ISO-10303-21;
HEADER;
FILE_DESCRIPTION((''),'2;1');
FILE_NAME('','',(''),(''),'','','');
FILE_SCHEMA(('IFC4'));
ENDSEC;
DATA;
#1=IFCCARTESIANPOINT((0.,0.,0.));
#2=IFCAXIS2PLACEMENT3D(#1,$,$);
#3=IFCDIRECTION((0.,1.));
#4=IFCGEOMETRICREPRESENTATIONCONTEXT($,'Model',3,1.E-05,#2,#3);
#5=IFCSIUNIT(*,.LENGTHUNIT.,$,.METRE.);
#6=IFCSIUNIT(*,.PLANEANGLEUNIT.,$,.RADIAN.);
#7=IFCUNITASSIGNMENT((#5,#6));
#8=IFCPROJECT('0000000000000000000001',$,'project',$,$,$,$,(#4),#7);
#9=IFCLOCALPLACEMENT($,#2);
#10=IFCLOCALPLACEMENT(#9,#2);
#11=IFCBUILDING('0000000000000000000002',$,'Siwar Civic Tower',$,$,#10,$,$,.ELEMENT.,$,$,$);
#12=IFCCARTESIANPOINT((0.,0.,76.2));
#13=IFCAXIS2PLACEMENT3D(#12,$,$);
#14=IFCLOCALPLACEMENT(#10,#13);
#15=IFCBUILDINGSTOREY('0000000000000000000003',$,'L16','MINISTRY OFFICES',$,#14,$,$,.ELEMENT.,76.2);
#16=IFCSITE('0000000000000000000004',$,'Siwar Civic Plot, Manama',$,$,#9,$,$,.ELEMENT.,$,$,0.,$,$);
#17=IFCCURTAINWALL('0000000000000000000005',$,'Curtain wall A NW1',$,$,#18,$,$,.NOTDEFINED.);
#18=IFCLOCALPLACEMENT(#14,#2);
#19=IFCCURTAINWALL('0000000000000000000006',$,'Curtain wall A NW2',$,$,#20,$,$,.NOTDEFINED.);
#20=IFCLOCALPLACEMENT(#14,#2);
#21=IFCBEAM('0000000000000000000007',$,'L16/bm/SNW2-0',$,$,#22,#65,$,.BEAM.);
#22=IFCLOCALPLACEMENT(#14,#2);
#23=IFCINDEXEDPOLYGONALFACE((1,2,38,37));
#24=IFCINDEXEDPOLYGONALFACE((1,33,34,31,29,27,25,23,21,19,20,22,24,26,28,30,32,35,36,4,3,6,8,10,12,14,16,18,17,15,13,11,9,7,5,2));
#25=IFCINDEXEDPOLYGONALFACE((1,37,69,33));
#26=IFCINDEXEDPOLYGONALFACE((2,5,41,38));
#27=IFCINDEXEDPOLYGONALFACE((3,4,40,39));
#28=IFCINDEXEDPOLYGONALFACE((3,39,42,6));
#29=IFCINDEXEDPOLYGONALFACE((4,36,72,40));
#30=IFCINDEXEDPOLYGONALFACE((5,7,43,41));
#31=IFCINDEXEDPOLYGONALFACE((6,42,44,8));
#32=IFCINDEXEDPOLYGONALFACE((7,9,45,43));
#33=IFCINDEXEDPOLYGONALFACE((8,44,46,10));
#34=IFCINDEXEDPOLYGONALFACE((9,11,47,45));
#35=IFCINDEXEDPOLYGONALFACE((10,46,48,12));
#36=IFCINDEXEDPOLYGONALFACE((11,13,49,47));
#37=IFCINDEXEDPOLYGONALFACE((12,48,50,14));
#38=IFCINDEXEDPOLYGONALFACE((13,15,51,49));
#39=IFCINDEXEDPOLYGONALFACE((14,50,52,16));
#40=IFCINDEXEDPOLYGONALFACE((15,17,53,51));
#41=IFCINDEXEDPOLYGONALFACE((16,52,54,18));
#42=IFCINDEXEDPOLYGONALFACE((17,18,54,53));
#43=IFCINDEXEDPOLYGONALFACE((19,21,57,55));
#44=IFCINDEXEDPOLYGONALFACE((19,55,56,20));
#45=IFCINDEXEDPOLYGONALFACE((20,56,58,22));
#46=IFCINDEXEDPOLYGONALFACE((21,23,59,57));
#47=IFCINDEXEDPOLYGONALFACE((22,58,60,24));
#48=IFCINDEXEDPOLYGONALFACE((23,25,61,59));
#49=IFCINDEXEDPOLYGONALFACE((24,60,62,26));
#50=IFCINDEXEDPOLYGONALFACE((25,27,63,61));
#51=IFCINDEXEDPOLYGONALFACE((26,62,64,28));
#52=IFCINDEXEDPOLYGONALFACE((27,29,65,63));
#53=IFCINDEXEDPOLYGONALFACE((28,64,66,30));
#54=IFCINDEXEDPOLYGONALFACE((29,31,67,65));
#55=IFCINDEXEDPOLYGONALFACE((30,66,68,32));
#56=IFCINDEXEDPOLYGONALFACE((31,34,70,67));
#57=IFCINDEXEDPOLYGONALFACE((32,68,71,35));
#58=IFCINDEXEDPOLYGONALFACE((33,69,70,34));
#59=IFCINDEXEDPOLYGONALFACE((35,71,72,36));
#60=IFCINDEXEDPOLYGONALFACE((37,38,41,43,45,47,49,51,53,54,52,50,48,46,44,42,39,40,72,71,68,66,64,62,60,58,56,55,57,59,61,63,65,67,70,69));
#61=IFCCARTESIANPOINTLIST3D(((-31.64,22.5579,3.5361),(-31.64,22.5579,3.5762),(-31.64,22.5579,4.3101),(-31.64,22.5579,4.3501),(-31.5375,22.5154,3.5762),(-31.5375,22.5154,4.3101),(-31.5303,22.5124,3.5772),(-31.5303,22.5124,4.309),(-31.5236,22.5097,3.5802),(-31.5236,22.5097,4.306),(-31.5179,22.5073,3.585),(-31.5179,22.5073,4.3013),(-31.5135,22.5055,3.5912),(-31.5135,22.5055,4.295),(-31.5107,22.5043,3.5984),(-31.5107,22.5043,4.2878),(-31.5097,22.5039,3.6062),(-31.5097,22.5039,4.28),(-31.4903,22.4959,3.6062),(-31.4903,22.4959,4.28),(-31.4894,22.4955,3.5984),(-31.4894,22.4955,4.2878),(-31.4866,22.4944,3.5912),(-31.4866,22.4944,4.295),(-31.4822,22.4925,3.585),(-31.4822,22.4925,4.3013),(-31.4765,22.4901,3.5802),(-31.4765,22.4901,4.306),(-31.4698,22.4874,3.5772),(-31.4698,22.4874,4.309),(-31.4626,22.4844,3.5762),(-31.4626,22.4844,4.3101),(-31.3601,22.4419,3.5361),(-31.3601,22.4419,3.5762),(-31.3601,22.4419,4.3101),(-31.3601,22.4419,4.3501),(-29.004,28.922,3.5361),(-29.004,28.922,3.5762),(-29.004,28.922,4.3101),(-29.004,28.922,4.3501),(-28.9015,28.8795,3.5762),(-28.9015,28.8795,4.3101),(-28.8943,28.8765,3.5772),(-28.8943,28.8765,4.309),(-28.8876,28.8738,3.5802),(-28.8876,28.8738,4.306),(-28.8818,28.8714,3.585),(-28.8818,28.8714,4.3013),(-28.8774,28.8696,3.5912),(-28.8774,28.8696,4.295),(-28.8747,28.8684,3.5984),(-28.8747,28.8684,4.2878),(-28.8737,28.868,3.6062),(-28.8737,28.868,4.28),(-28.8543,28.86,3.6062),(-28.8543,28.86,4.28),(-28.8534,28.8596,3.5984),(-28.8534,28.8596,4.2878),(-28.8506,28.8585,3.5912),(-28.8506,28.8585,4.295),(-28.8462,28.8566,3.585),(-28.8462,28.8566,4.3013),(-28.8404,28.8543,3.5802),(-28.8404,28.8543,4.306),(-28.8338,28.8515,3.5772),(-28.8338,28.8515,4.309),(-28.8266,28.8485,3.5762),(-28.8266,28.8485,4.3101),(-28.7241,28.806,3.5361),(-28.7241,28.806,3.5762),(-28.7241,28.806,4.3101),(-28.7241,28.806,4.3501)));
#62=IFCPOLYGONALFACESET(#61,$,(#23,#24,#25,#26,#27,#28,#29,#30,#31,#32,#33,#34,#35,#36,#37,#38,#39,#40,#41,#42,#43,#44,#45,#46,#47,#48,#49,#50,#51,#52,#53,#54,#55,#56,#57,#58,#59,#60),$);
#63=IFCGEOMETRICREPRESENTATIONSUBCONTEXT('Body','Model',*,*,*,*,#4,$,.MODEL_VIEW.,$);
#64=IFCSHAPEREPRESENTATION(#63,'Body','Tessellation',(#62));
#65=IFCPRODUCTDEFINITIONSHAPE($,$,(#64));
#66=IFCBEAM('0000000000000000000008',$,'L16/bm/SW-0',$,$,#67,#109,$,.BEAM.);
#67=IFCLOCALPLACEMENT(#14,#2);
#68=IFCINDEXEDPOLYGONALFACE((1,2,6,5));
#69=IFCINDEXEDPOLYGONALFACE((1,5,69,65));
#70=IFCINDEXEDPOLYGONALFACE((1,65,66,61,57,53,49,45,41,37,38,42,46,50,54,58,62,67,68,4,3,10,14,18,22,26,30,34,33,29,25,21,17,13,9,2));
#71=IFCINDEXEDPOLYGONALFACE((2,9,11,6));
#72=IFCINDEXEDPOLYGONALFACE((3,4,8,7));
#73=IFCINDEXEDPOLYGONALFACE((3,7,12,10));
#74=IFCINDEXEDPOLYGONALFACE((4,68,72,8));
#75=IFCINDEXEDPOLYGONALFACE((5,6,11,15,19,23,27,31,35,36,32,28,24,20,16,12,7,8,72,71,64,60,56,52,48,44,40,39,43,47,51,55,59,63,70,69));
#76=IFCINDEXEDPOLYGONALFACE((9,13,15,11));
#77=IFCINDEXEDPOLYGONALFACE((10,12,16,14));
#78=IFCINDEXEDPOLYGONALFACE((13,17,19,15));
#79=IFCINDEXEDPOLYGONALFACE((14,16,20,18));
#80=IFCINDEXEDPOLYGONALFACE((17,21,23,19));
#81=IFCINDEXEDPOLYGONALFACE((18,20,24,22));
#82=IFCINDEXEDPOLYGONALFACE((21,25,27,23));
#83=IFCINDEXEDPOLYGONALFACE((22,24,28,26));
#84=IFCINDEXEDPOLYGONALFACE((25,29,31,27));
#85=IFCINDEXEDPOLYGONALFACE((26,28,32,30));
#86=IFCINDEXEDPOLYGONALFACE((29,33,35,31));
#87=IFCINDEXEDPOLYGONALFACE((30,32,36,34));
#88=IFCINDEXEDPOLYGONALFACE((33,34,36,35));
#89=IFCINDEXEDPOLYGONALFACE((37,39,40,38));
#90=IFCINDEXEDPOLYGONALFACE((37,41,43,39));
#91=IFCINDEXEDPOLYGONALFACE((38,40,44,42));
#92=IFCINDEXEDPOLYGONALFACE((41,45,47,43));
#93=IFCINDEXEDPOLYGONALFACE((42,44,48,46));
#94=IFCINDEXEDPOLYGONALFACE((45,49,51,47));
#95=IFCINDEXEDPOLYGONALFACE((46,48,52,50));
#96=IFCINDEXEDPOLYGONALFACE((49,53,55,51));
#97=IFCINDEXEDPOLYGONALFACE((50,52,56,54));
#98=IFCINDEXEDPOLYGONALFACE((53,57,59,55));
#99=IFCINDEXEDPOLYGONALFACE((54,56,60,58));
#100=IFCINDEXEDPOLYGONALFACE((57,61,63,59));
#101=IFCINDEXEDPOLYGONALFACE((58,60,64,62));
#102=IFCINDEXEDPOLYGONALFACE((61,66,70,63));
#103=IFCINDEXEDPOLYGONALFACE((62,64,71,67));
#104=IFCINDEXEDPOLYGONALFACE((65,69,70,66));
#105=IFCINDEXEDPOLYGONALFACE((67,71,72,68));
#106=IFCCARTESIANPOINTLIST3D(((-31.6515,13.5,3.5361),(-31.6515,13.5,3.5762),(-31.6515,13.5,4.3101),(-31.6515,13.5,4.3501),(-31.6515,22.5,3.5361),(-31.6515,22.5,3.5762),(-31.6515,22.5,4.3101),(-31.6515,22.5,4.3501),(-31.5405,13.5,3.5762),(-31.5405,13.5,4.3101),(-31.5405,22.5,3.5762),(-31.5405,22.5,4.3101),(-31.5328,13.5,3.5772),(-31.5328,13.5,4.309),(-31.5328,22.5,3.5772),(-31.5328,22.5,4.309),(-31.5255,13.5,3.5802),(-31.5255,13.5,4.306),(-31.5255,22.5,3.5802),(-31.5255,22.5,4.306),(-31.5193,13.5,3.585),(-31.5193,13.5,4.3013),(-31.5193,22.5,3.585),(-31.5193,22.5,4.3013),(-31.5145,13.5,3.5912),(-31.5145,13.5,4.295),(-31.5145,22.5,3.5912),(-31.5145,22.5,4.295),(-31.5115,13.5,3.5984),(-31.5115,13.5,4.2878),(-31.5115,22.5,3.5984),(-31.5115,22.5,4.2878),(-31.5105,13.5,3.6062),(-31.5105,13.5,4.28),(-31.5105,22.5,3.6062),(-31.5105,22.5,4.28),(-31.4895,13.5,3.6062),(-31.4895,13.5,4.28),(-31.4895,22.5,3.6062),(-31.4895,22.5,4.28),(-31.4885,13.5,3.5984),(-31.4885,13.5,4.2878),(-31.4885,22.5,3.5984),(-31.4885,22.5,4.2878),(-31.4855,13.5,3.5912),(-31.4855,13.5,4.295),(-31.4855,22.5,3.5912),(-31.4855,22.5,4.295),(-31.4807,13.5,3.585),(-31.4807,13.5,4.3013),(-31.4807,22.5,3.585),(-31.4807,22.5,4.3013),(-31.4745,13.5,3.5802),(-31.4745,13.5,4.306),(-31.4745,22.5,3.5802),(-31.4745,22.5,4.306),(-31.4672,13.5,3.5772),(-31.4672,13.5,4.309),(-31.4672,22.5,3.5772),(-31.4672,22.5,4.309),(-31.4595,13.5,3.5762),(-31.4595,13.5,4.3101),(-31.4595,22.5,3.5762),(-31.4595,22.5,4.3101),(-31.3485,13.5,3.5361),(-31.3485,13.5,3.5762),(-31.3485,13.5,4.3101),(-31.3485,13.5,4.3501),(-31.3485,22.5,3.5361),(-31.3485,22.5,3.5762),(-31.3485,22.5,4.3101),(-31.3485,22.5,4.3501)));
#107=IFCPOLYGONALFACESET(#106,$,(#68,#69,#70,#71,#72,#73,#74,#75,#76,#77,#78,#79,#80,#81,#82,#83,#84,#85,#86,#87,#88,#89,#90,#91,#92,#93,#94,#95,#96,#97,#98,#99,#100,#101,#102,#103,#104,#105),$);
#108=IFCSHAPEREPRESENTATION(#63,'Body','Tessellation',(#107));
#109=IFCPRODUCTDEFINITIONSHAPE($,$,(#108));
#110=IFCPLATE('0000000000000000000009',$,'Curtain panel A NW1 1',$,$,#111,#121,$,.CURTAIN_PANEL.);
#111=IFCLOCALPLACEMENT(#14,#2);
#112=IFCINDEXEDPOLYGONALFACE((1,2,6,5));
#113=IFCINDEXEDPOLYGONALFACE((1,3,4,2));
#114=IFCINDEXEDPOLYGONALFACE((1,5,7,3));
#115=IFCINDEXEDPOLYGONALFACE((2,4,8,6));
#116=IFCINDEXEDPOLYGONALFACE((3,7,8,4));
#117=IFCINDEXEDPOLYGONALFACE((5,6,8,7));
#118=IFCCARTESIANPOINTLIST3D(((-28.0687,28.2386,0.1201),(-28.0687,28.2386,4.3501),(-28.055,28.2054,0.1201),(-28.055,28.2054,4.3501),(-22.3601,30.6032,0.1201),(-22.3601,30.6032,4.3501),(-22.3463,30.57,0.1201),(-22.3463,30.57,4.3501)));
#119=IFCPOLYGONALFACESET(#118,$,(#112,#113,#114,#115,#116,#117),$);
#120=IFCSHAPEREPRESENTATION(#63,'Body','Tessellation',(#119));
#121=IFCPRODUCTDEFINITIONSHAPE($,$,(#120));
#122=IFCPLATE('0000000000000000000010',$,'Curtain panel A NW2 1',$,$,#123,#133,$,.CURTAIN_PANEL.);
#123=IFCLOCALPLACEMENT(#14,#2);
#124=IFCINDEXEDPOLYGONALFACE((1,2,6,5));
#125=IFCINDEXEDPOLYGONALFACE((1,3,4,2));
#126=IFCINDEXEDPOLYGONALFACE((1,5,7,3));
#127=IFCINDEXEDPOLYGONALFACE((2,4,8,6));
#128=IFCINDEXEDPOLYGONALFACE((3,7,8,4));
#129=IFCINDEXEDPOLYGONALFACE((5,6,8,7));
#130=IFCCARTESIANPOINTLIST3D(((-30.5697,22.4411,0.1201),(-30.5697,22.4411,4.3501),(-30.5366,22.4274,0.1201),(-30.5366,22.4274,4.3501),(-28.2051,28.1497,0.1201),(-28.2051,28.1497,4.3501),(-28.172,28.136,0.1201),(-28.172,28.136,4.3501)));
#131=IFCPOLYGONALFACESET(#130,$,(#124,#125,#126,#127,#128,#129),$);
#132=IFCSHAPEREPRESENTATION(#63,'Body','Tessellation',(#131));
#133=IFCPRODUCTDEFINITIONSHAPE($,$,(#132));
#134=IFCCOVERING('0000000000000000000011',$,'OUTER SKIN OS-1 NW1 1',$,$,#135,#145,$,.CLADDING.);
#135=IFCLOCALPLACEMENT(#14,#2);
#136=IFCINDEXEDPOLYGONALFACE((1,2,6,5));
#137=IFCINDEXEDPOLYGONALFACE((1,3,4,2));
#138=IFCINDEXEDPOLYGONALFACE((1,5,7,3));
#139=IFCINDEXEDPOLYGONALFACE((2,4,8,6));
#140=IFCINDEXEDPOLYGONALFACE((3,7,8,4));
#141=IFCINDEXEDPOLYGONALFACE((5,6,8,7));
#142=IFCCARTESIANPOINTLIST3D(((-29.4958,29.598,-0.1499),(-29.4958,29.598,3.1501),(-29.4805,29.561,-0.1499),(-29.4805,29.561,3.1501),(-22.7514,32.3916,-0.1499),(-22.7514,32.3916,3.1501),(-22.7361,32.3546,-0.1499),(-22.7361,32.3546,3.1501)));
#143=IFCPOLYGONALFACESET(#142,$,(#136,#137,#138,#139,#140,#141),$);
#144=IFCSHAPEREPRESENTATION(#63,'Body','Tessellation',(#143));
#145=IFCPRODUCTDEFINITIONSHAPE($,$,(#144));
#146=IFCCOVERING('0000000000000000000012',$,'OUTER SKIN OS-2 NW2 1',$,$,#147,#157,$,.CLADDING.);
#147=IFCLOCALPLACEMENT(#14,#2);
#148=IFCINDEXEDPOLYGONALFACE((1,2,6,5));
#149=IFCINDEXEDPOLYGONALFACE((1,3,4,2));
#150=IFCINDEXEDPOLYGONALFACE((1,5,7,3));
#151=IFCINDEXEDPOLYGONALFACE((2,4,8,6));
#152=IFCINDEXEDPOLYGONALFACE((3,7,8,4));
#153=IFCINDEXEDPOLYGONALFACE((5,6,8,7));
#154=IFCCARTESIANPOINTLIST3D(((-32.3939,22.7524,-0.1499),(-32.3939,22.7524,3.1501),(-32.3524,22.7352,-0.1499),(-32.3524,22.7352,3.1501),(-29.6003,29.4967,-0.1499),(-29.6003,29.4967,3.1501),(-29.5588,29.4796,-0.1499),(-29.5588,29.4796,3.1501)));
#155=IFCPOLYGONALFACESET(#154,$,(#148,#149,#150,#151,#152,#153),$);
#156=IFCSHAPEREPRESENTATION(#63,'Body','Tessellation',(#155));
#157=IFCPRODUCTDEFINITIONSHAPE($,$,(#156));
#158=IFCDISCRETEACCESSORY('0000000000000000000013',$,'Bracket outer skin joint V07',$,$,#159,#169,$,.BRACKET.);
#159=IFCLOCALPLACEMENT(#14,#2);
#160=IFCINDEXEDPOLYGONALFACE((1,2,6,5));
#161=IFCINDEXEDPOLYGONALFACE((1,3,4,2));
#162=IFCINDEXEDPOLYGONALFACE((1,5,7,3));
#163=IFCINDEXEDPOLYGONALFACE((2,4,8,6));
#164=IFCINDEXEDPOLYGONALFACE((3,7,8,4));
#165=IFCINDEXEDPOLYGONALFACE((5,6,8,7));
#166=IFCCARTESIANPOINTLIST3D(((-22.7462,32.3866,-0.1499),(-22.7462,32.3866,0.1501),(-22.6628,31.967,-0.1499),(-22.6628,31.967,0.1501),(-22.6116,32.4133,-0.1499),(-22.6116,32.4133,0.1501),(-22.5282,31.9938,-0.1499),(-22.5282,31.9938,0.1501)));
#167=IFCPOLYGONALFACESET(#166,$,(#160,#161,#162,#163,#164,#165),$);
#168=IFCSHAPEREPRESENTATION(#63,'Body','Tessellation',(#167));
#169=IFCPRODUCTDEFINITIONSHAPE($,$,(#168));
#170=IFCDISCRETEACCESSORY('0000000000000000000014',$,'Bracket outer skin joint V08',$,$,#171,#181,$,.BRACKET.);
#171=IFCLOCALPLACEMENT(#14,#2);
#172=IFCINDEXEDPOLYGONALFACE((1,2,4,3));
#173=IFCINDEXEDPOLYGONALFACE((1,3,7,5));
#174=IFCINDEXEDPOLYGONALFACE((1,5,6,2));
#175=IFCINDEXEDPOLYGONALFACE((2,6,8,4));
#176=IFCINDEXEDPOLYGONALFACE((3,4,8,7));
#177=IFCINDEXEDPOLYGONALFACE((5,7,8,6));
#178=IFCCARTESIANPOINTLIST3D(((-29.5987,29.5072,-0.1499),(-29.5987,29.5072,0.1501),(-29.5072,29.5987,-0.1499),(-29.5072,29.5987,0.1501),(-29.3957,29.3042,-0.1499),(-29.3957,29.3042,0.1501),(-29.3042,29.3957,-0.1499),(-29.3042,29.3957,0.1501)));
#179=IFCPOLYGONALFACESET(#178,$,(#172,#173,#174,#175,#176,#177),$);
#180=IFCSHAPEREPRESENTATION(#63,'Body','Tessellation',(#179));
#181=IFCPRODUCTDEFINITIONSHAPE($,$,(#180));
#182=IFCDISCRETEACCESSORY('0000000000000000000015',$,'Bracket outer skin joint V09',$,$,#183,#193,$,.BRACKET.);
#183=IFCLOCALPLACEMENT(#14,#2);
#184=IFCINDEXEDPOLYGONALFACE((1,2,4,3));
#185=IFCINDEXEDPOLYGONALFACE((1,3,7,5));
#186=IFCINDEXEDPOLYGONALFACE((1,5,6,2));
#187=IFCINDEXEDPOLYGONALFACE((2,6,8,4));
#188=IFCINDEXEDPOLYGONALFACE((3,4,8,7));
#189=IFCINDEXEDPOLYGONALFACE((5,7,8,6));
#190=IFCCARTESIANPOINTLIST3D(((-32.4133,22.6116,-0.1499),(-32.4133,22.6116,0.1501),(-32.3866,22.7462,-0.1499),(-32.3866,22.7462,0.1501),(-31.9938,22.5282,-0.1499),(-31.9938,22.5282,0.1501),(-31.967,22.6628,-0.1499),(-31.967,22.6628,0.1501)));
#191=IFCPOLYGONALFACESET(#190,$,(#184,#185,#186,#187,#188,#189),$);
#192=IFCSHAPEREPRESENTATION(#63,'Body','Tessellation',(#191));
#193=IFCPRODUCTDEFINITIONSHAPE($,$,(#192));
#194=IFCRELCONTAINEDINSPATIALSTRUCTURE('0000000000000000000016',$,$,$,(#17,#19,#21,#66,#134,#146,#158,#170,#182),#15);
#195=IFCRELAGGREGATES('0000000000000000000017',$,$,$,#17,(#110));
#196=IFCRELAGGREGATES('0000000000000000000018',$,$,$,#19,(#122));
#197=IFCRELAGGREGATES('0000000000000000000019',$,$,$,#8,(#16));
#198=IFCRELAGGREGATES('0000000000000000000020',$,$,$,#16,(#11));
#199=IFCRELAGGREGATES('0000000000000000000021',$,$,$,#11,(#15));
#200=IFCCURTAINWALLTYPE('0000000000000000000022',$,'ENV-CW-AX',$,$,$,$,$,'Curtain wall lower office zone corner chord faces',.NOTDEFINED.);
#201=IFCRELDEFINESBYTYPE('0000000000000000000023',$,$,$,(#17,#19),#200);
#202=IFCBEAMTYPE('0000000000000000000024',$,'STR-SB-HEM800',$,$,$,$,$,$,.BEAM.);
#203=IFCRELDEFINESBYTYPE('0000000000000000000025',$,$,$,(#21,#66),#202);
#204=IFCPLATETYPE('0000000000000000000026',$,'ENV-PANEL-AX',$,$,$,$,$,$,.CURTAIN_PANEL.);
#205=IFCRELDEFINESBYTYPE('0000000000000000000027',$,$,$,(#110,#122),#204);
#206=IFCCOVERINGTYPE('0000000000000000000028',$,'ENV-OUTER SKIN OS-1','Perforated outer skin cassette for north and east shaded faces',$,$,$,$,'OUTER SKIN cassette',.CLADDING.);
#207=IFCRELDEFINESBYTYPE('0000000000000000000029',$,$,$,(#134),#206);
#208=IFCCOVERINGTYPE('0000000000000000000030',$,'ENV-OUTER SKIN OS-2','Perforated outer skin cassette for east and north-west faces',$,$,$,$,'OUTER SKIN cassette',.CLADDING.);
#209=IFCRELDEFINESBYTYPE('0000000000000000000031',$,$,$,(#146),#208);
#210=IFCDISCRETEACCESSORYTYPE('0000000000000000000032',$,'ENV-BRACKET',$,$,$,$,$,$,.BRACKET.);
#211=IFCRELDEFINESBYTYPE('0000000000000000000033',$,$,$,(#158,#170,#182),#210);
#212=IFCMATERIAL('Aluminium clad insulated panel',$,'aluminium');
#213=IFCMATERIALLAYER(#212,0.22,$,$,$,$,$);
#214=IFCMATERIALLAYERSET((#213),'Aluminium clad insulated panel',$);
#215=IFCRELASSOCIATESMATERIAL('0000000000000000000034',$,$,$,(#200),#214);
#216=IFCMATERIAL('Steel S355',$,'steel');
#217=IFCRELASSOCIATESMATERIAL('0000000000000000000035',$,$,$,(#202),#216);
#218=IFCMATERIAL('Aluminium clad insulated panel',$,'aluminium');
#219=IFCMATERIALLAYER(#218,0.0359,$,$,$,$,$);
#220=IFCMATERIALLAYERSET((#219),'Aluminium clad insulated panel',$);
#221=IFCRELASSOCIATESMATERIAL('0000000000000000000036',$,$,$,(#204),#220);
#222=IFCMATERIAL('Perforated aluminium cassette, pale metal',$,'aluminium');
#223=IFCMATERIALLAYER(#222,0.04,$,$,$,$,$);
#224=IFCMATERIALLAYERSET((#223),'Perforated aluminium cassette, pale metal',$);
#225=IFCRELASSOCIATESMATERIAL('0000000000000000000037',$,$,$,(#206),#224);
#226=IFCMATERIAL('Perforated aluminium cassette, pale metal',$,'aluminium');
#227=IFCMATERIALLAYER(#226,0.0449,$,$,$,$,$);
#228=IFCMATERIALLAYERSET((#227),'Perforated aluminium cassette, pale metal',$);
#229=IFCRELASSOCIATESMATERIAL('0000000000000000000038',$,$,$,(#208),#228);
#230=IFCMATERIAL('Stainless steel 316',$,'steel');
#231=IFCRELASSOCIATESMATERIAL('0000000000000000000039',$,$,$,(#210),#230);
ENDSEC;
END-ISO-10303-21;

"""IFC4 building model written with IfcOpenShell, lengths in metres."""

from ifc_helpers import new_model, si_unit, direction, frame, origin, origin_2d, place, context, subcontext, project, spatial, rectangle, i_section, extrude, material, layer, layer_set, material_profile, profile_set, type_object, element, aggregate, save


model = new_model("IFC4")

# Units and contexts
model_context = context("Model", 3, precision=1e-05, world=origin(), true_north=direction((0.0, 1.0)))
body_context = subcontext(model_context, "Body", "Model", "MODEL_VIEW")
ifc_project = project(units=[si_unit("LENGTHUNIT", "METRE"), si_unit("PLANEANGLEUNIT", "RADIAN")], contexts=[model_context])

# Site, building, storey
site_placement = place(None, origin())
site = spatial("IfcSite", under=ifc_project, at=site_placement, Name="Siwar Civic Plot, Manama", CompositionType="ELEMENT", RefElevation=0.0)
building_placement = place(site_placement, origin())
building = spatial("IfcBuilding", under=site, at=building_placement, Name="Siwar Civic Tower", CompositionType="ELEMENT")
storey_placement = place(building_placement, frame((0.0, 0.0, 76.2)))
storey = spatial("IfcBuildingStorey", under=building, at=storey_placement, Name="L16", Description="MINISTRY OFFICES", CompositionType="ELEMENT", Elevation=76.2)

# Curtain walls
ifc_material_1 = material(Name="Aluminium clad insulated panel", Category="aluminium")
ifc_layer_1 = layer(ifc_material_1, 0.22)
ifc_layer_set_1 = layer_set([ifc_layer_1], Name="Aluminium clad insulated panel")
curtain_wall_type_1 = type_object("IfcCurtainWallType", Name="ENV-CW-AX", ElementType="Curtain wall lower office zone corner chord faces", PredefinedType="NOTDEFINED", material=ifc_layer_set_1)
curtain_wall_1_placement = place(storey_placement, origin())
curtain_wall_1 = element("IfcCurtainWall", 1, at=curtain_wall_1_placement, inside=storey, type_object=curtain_wall_type_1, Name="Curtain wall A NW1", PredefinedType="NOTDEFINED")
curtain_wall_2_placement = place(storey_placement, origin())
curtain_wall_2 = element("IfcCurtainWall", 2, at=curtain_wall_2_placement, inside=storey, type_object=curtain_wall_type_1, Name="Curtain wall A NW2", PredefinedType="NOTDEFINED")

# Beams
ifc_material_2 = material(Name="Steel S355", Category="steel")
ifc_material_profile_1 = material_profile(ifc_material_2, i_section(OverallWidth=0.303, OverallDepth=0.814, WebThickness=0.021, FlangeThickness=0.04, FilletRadius=0.03, at=origin_2d()), Name="HEM800")
ifc_profile_set_1 = profile_set([ifc_material_profile_1], Name="Steel S355")
beam_type_1 = type_object("IfcBeamType", Name="STR-SB-HEM800", PredefinedType="BEAM", material=ifc_profile_set_1)
for number, where, z_axis, x_axis, name in (
    (3, (-28.864, 28.864, 3.9431), (-0.382674, -0.923883, 0.0), (0.923883, -0.382674, 0.0), "L16/bm/SNW2-0"),
):
    element("IfcBeam", number, at=place(storey_placement, frame(where, z_axis=z_axis, x_axis=x_axis)), inside=storey, type_object=beam_type_1, Name=name, PredefinedType="BEAM", context=body_context, shape_type="SweptSolid", body=[
        extrude(i_section(OverallWidth=0.303, OverallDepth=0.814, WebThickness=0.021, FlangeThickness=0.04, FilletRadius=0.03, at=origin_2d()), origin(), (0.0, 0.0, 1.0), 6.8884),
    ])
beam_1_placement = place(storey_placement, frame((-31.5, 22.5, 3.9431), z_axis=(0.0, -1.0, 0.0), x_axis=(1.0, 0.0, 0.0)))
element("IfcBeam", 4, at=beam_1_placement, inside=storey, type_object=beam_type_1, Name="L16/bm/SW-0", PredefinedType="BEAM", context=body_context, shape_type="SweptSolid", body=[
    extrude(i_section(OverallWidth=0.303, OverallDepth=0.814, WebThickness=0.021, FlangeThickness=0.04, FilletRadius=0.03, at=origin_2d()), origin(), (0.0, 0.0, 1.0), 9.0),
])

# Plates
ifc_material_3 = material(Name="Aluminium clad insulated panel", Category="aluminium")
ifc_layer_2 = layer(ifc_material_3, 0.0359)
ifc_layer_set_2 = layer_set([ifc_layer_2], Name="Aluminium clad insulated panel")
plate_type = type_object("IfcPlateType", Name="ENV-PANEL-AX", PredefinedType="CURTAIN_PANEL", material=ifc_layer_set_2)
plate_1_placement = place(storey_placement, frame((-25.2075, 29.4043, 0.1201), z_axis=(0.0, 0.0, 1.0), x_axis=(-0.92388, -0.382683, 0.0)))
plate_1 = element("IfcPlate", 5, at=plate_1_placement, type_object=plate_type, Name="Curtain panel A NW1 1", PredefinedType="CURTAIN_PANEL", context=body_context, shape_type="SweptSolid", body=[
    extrude(rectangle(XDim=6.179, YDim=0.0359, at=origin_2d()), origin(), (0.0, 0.0, 1.0), 4.23),
])
aggregate(curtain_wall_1, [plate_1])
plate_2_placement = place(storey_placement, frame((-29.3708, 25.2886, 0.1201), z_axis=(0.0, 0.0, 1.0), x_axis=(-0.382683, -0.92388, 0.0)))
plate_2 = element("IfcPlate", 6, at=plate_2_placement, type_object=plate_type, Name="Curtain panel A NW2 1", PredefinedType="CURTAIN_PANEL", context=body_context, shape_type="SweptSolid", body=[
    extrude(rectangle(XDim=6.179, YDim=0.0359, at=origin_2d()), origin(), (0.0, 0.0, 1.0), 4.23),
])
aggregate(curtain_wall_2, [plate_2])

# Coverings
ifc_material_4 = material(Name="Perforated aluminium cassette, pale metal", Category="aluminium")
ifc_layer_3 = layer(ifc_material_4, 0.04)
ifc_layer_set_3 = layer_set([ifc_layer_3], Name="Perforated aluminium cassette, pale metal")
covering_type_1 = type_object("IfcCoveringType", Name="ENV-OUTER SKIN OS-1", Description="Perforated outer skin cassette for north and east shaded faces", ElementType="OUTER SKIN cassette", PredefinedType="CLADDING", material=ifc_layer_set_3)
covering_1_placement = place(storey_placement, frame((-26.116, 30.9763, -0.1499), z_axis=(0.0, 0.0, 1.0), x_axis=(-0.92388, -0.382683, 0.0)))
element("IfcCovering", 7, at=covering_1_placement, inside=storey, type_object=covering_type_1, Name="OUTER SKIN OS-1 NW1 1", PredefinedType="CLADDING", context=body_context, shape_type="SweptSolid", body=[
    extrude(rectangle(XDim=7.3, YDim=0.04, at=origin_2d()), origin(), (0.0, 0.0, 1.0), 3.3),
])
ifc_material_5 = material(Name="Perforated aluminium cassette, pale metal", Category="aluminium")
ifc_layer_4 = layer(ifc_material_5, 0.0449)
ifc_layer_set_4 = layer_set([ifc_layer_4], Name="Perforated aluminium cassette, pale metal")
covering_type_2 = type_object("IfcCoveringType", Name="ENV-OUTER SKIN OS-2", Description="Perforated outer skin cassette for east and north-west faces", ElementType="OUTER SKIN cassette", PredefinedType="CLADDING", material=ifc_layer_set_4)
covering_2_placement = place(storey_placement, frame((-30.9763, 26.116, -0.1499), z_axis=(0.0, 0.0, 1.0), x_axis=(-0.382683, -0.92388, 0.0)))
element("IfcCovering", 8, at=covering_2_placement, inside=storey, type_object=covering_type_2, Name="OUTER SKIN OS-2 NW2 1", PredefinedType="CLADDING", context=body_context, shape_type="SweptSolid", body=[
    extrude(rectangle(XDim=7.3, YDim=0.0449, at=origin_2d()), origin(), (0.0, 0.0, 1.0), 3.3),
])

# Discrete accessories
ifc_material_6 = material(Name="Stainless steel 316", Category="steel")
discrete_accessory_type = type_object("IfcDiscreteAccessoryType", Name="ENV-BRACKET", PredefinedType="BRACKET", material=ifc_material_6)
discrete_accessory_1_placement = place(storey_placement, frame((-22.6372, 32.1902, -0.1499), z_axis=(0.0, 0.0, 1.0), x_axis=(-0.19509, 0.980785, 0.0)))
element("IfcDiscreteAccessory", 9, at=discrete_accessory_1_placement, inside=storey, type_object=discrete_accessory_type, Name="Bracket outer skin joint V07", PredefinedType="BRACKET", context=body_context, shape_type="SweptSolid", body=[
    extrude(rectangle(XDim=0.4277, YDim=0.1372, at=origin_2d()), origin(), (0.0, 0.0, 1.0), 0.3),
])
discrete_accessory_2_placement = place(storey_placement, frame((-29.4514, 29.4514, -0.1499), z_axis=(0.0, 0.0, 1.0), x_axis=(-0.707107, 0.707107, 0.0)))
element("IfcDiscreteAccessory", 10, at=discrete_accessory_2_placement, inside=storey, type_object=discrete_accessory_type, Name="Bracket outer skin joint V08", PredefinedType="BRACKET", context=body_context, shape_type="SweptSolid", body=[
    extrude(rectangle(XDim=0.2871, YDim=0.1294, at=origin_2d()), origin(), (0.0, 0.0, 1.0), 0.3),
])
discrete_accessory_3_placement = place(storey_placement, frame((-32.1902, 22.6372, -0.1499), z_axis=(0.0, 0.0, 1.0), x_axis=(-0.980785, 0.19509, 0.0)))
element("IfcDiscreteAccessory", 11, at=discrete_accessory_3_placement, inside=storey, type_object=discrete_accessory_type, Name="Bracket outer skin joint V09", PredefinedType="BRACKET", context=body_context, shape_type="SweptSolid", body=[
    extrude(rectangle(XDim=0.4277, YDim=0.1372, at=origin_2d()), origin(), (0.0, 0.0, 1.0), 0.3),
])

save(model, "model.ifc")
